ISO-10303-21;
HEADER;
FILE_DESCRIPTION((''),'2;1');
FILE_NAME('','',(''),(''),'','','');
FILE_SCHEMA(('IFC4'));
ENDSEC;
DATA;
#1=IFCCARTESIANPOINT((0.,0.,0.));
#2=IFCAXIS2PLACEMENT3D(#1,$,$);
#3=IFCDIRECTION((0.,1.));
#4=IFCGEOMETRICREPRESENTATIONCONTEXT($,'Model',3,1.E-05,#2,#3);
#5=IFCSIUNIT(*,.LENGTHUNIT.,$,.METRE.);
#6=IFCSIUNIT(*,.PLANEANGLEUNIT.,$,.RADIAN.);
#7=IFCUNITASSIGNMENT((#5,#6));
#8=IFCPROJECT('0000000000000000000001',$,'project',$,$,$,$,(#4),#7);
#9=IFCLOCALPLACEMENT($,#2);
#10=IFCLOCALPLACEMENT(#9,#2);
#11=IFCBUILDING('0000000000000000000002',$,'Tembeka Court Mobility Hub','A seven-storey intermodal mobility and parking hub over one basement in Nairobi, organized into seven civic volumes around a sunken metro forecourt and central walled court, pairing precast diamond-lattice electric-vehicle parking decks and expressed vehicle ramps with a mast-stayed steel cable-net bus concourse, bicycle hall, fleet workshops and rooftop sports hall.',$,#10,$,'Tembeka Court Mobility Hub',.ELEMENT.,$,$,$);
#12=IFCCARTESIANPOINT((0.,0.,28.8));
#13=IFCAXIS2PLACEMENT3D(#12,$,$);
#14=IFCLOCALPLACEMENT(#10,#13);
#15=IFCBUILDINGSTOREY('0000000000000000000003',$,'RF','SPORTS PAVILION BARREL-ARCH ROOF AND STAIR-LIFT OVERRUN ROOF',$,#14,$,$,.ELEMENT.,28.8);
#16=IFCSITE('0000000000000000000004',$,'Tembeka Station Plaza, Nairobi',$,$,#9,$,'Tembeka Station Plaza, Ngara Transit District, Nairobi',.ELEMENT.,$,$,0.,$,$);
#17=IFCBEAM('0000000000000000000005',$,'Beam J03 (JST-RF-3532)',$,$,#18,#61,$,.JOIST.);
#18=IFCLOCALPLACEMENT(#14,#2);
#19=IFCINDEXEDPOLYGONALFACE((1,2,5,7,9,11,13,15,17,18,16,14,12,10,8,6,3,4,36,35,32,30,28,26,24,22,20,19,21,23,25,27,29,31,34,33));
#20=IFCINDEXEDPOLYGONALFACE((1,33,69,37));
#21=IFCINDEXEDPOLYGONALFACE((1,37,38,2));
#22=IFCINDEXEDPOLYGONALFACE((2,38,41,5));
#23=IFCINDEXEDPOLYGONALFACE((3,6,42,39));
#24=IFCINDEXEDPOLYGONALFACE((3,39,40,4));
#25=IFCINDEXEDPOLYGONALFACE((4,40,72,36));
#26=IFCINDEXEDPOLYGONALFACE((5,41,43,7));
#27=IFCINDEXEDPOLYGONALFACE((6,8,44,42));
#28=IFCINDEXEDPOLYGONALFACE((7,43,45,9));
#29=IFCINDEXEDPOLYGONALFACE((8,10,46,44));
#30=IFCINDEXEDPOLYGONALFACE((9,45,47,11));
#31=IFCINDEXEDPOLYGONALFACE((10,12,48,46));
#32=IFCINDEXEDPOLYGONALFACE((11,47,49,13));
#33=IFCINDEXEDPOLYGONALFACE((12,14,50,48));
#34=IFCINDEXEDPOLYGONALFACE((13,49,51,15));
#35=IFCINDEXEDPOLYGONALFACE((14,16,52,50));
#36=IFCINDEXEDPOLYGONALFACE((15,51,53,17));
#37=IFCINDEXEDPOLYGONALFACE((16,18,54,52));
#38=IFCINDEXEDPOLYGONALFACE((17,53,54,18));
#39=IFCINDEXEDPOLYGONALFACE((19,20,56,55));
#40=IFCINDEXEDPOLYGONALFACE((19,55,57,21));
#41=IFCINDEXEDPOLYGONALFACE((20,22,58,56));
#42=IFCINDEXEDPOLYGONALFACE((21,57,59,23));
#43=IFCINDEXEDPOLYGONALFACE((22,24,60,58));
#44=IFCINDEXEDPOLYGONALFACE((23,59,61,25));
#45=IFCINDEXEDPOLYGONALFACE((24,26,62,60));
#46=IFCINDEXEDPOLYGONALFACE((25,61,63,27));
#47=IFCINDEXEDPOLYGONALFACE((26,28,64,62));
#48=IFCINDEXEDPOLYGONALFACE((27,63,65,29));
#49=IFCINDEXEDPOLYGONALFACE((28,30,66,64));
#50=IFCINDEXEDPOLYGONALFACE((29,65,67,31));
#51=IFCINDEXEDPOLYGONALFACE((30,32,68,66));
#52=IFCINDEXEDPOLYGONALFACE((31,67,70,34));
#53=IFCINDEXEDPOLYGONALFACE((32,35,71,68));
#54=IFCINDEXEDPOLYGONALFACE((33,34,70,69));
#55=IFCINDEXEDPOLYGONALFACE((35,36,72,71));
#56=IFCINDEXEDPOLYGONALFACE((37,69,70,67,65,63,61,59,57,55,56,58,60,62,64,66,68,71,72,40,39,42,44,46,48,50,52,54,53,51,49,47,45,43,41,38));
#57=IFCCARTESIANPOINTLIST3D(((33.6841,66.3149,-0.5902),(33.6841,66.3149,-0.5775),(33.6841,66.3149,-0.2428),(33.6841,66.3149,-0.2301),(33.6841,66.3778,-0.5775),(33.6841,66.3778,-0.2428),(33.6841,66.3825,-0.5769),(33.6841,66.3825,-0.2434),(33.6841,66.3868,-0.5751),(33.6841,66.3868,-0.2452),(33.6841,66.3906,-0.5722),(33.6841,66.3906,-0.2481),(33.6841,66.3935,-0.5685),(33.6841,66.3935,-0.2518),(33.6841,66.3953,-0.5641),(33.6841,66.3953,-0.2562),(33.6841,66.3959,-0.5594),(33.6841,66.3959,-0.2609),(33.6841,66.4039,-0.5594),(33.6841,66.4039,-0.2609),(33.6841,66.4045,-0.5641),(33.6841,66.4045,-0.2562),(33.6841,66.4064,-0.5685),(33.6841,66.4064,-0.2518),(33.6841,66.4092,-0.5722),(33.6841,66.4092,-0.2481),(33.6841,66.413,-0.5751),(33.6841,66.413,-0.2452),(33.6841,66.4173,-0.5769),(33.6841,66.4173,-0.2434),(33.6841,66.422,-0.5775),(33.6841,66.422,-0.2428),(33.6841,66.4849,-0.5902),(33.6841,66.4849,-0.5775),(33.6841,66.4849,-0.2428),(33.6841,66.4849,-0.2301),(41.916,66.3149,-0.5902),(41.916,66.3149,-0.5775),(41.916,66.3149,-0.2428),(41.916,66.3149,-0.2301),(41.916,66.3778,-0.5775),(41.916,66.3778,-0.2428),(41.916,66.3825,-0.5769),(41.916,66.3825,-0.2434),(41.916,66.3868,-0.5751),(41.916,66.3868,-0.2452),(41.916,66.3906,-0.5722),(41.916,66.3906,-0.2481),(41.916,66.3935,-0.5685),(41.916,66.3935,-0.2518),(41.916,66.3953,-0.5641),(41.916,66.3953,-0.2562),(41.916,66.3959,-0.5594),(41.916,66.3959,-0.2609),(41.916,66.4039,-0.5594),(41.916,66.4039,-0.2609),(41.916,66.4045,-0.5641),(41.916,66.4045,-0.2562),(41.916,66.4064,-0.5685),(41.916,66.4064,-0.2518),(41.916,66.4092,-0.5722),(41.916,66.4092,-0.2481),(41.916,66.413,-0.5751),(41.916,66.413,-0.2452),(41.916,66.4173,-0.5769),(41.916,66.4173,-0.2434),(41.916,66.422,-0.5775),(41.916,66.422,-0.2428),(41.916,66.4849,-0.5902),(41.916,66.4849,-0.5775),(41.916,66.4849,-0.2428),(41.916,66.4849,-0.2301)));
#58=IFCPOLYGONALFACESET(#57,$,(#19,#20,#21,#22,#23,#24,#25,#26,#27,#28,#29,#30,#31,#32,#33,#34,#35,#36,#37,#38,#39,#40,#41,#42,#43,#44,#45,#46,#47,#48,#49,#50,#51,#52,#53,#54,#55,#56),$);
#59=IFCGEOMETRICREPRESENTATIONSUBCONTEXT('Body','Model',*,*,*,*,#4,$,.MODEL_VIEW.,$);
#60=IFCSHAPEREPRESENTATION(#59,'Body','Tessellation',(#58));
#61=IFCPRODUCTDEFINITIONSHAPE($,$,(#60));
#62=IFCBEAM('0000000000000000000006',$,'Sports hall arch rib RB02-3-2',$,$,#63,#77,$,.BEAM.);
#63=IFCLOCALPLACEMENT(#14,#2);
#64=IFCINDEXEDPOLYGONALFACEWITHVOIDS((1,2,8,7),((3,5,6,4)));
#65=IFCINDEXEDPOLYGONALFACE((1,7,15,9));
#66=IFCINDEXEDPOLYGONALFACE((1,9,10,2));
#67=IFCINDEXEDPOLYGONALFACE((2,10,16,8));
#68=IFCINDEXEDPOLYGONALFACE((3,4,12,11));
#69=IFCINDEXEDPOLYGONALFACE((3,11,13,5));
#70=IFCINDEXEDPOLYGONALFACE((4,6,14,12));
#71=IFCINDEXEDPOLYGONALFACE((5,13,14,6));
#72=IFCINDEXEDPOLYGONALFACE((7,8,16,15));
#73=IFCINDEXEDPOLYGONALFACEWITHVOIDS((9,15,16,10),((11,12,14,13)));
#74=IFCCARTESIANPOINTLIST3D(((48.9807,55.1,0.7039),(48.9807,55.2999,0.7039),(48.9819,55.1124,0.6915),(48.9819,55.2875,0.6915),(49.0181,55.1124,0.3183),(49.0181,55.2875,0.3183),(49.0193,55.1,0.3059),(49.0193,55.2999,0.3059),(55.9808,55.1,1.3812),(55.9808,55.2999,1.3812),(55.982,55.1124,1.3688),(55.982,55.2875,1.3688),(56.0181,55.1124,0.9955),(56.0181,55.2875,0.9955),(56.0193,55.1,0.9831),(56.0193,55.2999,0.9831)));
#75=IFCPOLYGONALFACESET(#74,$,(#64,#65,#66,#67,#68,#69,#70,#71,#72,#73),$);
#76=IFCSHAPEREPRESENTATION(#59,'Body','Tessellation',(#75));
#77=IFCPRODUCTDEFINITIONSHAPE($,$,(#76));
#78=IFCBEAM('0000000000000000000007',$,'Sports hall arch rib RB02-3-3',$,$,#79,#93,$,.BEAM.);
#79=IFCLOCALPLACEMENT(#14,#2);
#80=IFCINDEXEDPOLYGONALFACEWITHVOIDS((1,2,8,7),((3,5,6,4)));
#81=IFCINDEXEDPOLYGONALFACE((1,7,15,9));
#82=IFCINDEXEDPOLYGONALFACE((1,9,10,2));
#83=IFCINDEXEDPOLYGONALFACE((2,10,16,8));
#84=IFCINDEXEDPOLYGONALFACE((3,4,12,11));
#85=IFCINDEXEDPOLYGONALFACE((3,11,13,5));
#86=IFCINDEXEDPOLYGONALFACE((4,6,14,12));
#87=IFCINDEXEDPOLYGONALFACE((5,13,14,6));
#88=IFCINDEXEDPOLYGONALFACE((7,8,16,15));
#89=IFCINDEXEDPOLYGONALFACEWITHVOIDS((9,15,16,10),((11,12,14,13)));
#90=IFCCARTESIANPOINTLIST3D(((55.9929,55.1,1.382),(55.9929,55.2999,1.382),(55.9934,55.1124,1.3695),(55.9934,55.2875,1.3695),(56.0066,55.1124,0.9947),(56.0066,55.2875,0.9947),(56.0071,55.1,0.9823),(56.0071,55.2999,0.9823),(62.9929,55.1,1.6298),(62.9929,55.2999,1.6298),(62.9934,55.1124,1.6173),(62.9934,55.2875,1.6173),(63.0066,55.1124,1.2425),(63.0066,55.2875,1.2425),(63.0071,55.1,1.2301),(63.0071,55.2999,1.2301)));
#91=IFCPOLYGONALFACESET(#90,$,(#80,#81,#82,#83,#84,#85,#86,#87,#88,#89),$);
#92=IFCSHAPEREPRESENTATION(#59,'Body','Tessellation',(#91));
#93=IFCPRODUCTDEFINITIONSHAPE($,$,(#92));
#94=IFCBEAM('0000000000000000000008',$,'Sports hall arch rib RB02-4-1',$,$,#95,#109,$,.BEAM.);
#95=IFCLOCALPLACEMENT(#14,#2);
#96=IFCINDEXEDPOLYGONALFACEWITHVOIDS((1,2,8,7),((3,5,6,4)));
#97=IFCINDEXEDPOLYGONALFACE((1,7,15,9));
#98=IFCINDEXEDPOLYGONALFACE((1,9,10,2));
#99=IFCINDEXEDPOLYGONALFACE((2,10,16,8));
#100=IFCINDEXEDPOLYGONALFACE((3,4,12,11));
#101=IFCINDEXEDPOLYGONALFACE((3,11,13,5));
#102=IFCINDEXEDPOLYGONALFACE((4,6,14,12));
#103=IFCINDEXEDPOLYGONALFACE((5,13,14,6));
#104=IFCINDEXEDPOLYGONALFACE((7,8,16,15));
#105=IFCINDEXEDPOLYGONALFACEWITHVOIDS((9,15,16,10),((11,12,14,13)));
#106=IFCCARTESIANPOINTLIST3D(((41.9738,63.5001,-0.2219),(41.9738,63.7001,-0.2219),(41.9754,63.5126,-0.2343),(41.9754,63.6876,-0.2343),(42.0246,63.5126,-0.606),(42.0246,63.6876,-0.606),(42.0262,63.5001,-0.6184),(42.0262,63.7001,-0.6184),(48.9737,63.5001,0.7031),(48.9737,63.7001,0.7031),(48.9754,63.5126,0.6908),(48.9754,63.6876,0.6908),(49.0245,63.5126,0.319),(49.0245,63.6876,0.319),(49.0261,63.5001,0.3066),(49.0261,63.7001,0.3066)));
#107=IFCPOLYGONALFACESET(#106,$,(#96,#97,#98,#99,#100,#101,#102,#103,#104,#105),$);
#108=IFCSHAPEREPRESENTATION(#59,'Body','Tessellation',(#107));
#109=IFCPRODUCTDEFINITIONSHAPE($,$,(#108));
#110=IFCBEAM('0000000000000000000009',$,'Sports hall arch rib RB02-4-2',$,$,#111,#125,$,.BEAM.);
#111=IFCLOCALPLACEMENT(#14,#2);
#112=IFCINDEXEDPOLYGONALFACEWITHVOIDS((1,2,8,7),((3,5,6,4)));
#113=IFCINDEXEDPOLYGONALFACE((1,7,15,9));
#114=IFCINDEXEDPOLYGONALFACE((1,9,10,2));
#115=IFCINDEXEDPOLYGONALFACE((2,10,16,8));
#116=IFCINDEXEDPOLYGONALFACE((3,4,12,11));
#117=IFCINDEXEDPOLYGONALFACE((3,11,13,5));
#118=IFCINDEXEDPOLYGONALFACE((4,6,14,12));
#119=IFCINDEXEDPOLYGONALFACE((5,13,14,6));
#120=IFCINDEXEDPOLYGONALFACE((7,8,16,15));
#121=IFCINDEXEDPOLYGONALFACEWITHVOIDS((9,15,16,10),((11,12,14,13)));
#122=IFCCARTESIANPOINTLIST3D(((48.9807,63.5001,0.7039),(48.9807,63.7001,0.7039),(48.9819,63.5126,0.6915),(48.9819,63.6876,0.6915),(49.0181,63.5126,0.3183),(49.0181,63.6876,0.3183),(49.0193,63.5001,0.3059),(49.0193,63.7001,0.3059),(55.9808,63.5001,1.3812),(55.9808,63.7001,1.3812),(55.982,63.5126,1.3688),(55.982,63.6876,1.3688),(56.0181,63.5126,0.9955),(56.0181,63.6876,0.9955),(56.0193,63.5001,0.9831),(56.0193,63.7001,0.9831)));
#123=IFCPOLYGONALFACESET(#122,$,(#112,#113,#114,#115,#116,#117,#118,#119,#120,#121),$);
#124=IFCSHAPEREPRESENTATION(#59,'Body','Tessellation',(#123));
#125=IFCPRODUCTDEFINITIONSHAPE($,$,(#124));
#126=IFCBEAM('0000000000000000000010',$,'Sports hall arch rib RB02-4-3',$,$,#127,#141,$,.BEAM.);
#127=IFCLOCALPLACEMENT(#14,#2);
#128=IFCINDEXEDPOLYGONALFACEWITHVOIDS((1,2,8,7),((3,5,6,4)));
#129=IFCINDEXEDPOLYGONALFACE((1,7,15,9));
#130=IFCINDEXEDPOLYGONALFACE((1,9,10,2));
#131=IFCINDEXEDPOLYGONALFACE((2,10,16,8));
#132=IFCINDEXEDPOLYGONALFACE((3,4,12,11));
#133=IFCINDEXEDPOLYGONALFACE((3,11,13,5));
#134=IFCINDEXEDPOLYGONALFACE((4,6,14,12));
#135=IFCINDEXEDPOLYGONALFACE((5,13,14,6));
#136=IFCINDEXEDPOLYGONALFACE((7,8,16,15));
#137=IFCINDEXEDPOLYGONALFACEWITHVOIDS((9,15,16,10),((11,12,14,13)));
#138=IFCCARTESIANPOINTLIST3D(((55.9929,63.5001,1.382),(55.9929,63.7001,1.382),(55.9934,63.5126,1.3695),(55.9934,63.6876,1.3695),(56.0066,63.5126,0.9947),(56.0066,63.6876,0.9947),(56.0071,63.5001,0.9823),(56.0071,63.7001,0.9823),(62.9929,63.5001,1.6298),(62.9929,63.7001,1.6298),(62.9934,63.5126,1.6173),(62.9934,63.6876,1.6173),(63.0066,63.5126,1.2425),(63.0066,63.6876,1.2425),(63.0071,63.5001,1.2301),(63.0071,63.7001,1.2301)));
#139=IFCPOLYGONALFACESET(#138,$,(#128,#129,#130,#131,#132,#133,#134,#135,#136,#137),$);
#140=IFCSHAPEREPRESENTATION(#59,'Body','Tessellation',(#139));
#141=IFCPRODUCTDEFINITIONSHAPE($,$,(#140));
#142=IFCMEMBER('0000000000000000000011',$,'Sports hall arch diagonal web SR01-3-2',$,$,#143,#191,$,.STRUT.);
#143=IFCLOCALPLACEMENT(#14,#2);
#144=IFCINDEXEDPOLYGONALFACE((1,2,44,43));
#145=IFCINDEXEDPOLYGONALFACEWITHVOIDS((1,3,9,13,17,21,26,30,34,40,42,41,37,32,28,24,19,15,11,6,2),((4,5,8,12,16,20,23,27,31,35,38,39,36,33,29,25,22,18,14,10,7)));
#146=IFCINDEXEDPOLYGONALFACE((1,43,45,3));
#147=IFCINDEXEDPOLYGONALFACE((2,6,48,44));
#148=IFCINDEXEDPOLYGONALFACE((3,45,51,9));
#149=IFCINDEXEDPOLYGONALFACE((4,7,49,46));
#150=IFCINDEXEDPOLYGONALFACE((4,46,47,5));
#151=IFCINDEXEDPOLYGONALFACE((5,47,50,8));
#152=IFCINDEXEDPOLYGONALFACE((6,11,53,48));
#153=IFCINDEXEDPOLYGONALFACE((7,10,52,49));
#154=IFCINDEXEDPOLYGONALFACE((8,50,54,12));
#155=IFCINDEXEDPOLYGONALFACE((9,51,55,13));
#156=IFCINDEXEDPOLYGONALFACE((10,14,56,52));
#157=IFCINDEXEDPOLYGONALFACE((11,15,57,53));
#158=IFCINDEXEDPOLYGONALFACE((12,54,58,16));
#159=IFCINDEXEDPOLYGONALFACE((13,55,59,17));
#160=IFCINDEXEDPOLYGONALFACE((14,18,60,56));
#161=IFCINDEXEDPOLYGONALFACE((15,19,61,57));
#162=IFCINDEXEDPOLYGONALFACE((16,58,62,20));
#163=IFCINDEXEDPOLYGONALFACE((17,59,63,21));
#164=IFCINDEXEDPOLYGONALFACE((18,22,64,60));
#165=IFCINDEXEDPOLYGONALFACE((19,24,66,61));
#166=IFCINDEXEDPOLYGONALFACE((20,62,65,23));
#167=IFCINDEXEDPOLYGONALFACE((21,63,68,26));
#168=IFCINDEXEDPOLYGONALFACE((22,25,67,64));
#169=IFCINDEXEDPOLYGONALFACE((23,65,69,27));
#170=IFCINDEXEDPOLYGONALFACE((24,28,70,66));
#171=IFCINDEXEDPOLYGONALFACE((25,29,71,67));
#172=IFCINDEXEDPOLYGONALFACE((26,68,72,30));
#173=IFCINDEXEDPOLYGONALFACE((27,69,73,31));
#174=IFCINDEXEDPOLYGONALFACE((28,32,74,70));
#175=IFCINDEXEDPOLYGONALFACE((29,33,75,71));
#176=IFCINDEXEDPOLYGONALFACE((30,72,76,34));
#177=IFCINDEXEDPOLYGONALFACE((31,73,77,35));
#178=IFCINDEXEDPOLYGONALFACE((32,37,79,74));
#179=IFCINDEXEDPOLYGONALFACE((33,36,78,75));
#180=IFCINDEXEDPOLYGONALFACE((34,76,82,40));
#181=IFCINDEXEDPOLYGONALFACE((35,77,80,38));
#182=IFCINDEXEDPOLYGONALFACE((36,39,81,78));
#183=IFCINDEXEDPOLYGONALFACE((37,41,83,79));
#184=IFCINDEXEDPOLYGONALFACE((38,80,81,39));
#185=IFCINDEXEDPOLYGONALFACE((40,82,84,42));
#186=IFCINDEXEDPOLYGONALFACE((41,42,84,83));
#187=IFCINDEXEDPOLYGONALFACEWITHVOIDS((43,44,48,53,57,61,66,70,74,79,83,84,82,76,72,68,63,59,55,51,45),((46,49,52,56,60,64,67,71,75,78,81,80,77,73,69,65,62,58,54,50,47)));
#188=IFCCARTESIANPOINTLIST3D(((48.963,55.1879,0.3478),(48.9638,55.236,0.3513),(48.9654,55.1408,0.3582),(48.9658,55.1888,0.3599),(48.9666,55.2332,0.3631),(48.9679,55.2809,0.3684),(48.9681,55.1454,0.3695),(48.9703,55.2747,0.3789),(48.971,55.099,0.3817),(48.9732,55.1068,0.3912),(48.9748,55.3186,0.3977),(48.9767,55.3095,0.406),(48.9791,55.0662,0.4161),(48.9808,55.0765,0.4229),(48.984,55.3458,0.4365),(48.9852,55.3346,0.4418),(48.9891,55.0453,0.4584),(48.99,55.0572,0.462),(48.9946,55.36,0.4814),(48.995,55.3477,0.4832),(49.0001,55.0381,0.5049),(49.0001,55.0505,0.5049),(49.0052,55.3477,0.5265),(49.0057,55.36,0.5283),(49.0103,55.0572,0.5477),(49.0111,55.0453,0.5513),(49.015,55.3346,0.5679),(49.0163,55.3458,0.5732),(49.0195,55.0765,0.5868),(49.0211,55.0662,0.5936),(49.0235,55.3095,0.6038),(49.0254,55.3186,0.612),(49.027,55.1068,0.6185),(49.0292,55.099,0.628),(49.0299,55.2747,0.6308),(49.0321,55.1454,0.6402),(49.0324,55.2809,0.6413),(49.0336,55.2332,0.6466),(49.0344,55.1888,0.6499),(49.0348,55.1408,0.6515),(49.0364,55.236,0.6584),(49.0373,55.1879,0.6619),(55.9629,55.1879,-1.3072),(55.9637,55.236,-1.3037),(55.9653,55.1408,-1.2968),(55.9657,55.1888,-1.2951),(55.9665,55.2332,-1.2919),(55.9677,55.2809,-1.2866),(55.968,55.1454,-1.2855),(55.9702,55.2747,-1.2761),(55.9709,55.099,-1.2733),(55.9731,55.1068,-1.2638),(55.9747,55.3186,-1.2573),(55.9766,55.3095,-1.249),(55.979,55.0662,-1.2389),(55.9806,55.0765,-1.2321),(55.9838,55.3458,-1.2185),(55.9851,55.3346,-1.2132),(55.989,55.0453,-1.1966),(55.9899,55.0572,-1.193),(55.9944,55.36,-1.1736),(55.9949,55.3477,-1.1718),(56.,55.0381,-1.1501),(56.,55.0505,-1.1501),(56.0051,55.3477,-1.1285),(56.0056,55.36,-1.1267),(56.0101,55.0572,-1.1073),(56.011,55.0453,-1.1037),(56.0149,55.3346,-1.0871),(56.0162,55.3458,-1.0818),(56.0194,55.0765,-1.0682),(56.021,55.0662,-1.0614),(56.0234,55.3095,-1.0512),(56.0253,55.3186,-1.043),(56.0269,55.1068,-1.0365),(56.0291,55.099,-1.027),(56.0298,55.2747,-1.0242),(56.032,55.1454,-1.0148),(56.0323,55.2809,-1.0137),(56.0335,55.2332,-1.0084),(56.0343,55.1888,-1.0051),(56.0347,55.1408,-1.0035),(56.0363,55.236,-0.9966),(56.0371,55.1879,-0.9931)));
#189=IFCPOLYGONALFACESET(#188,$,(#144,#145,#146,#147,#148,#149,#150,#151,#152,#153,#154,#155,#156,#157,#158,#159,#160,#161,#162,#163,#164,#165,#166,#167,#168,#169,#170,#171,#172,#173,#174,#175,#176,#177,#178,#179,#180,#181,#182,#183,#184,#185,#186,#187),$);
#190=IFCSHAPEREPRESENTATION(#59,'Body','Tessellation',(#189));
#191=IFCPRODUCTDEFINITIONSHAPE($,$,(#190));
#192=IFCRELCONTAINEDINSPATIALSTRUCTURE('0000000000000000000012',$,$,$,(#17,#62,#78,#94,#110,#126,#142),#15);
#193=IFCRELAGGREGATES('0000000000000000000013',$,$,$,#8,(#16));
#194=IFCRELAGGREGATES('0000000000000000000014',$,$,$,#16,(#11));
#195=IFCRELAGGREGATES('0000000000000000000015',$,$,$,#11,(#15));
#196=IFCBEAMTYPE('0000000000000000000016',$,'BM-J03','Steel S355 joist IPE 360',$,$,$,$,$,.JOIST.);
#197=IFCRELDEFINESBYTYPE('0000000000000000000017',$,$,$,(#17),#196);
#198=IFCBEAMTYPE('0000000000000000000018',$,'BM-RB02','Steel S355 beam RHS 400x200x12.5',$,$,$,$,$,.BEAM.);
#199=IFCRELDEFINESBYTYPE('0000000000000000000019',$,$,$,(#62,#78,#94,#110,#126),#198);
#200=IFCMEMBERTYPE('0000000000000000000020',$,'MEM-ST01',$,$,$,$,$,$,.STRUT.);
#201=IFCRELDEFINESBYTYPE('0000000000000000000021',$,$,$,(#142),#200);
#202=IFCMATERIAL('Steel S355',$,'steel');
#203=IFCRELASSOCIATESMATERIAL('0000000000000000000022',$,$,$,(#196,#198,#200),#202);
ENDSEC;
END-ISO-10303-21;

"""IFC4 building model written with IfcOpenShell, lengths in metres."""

from ifc_helpers import new_model, si_unit, direction, frame, origin, origin_2d, place, context, subcontext, project, spatial, hollow_rectangle, hollow_circle, i_section, extrude, material, material_profile, profile_set, type_object, element, save


model = new_model("IFC4")

# Units and contexts
model_context = context("Model", 3, precision=1e-05, world=origin(), true_north=direction((0.0, 1.0)))
body_context = subcontext(model_context, "Body", "Model", "MODEL_VIEW")
ifc_project = project(units=[si_unit("LENGTHUNIT", "METRE"), si_unit("PLANEANGLEUNIT", "RADIAN")], contexts=[model_context])

# Site, building, storey
site_placement = place(None, origin())
site = spatial("IfcSite", under=ifc_project, at=site_placement, Name="Tembeka Station Plaza, Nairobi", LongName="Tembeka Station Plaza, Ngara Transit District, Nairobi", CompositionType="ELEMENT", RefElevation=0.0)
building_placement = place(site_placement, origin())
building = spatial("IfcBuilding", under=site, at=building_placement, Name="Tembeka Court Mobility Hub", Description="A seven-storey intermodal mobility and parking hub over one basement in Nairobi, organized into seven civic volumes around a sunken metro forecourt and central walled court, pairing precast diamond-lattice electric-vehicle parking decks and expressed vehicle ramps with a mast-stayed steel cable-net bus concourse, bicycle hall, fleet workshops and rooftop sports hall.", LongName="Tembeka Court Mobility Hub", CompositionType="ELEMENT")
storey_placement = place(building_placement, frame((0.0, 0.0, 28.8)))
storey = spatial("IfcBuildingStorey", under=building, at=storey_placement, Name="RF", Description="SPORTS PAVILION BARREL-ARCH ROOF AND STAIR-LIFT OVERRUN ROOF", CompositionType="ELEMENT", Elevation=28.8)

# Beams
ifc_material_1 = material(Name="Steel S355", Category="steel")
ifc_material_profile_1 = material_profile(ifc_material_1, i_section(OverallWidth=0.1699, OverallDepth=0.3601, WebThickness=0.0081, FlangeThickness=0.0127, FilletRadius=0.0181, at=origin_2d()), Name="IPE 360")
ifc_profile_set_1 = profile_set([ifc_material_profile_1], Name="Steel S355")
beam_type_1 = type_object("IfcBeamType", Name="BM-J03", Description="Steel S355 joist IPE 360", PredefinedType="JOIST", material=ifc_profile_set_1)
beam_1_placement = place(storey_placement, frame((33.6841, 66.3999, -0.4102), z_axis=(1.0, 0.0, 0.0), x_axis=(0.0, 1.0, 0.0)))
element("IfcBeam", 1, at=beam_1_placement, inside=storey, type_object=beam_type_1, Name="Beam J03 (JST-RF-3532)", PredefinedType="JOIST", context=body_context, shape_type="SweptSolid", body=[
    extrude(i_section(OverallWidth=0.1699, OverallDepth=0.3601, WebThickness=0.0081, FlangeThickness=0.0127, FilletRadius=0.0181, at=origin_2d()), origin(), (0.0, 0.0, 1.0), 8.2319),
])
ifc_material_profile_2 = material_profile(ifc_material_1, hollow_rectangle(XDim=0.2, YDim=0.3999, WallThickness=0.0125, at=origin_2d()), Name="RHS 400x200x12.5")
ifc_profile_set_2 = profile_set([ifc_material_profile_2], Name="Steel S355")
beam_type_2 = type_object("IfcBeamType", Name="BM-RB02", Description="Steel S355 beam RHS 400x200x12.5", PredefinedType="BEAM", material=ifc_profile_set_2)
beam_2_placement = place(storey_placement, frame((49.0, 55.2, 0.5049), z_axis=(0.995352, 0.0, 0.0963), x_axis=(0.0, 1.0, 0.0)))
element("IfcBeam", 2, at=beam_2_placement, inside=storey, type_object=beam_type_2, Name="Sports hall arch rib RB02-3-2", PredefinedType="BEAM", context=body_context, shape_type="SweptSolid", body=[
    extrude(hollow_rectangle(XDim=0.2, YDim=0.3999, WallThickness=0.0125, at=origin_2d()), origin(), (0.0, 0.0, 1.0), 7.0327),
])
beam_3_placement = place(storey_placement, frame((56.0, 55.2, 1.1821), z_axis=(0.999374, 0.0, 0.035378), x_axis=(0.0, 1.0, 0.0)))
element("IfcBeam", 3, at=beam_3_placement, inside=storey, type_object=beam_type_2, Name="Sports hall arch rib RB02-3-3", PredefinedType="BEAM", context=body_context, shape_type="SweptSolid", body=[
    extrude(hollow_rectangle(XDim=0.2, YDim=0.3999, WallThickness=0.0125, at=origin_2d()), origin(), (0.0, 0.0, 1.0), 7.0044),
])
beam_4_placement = place(storey_placement, frame((42.0, 63.6001, -0.4202), z_axis=(0.991381, 0.0, 0.131011), x_axis=(0.0, 1.0, 0.0)))
element("IfcBeam", 4, at=beam_4_placement, inside=storey, type_object=beam_type_2, Name="Sports hall arch rib RB02-4-1", PredefinedType="BEAM", context=body_context, shape_type="SweptSolid", body=[
    extrude(hollow_rectangle(XDim=0.2, YDim=0.3999, WallThickness=0.0125, at=origin_2d()), origin(), (0.0, 0.0, 1.0), 7.0608),
])
beam_5_placement = place(storey_placement, frame((49.0, 63.6001, 0.5049), z_axis=(0.995352, 0.0, 0.0963), x_axis=(0.0, 1.0, 0.0)))
element("IfcBeam", 5, at=beam_5_placement, inside=storey, type_object=beam_type_2, Name="Sports hall arch rib RB02-4-2", PredefinedType="BEAM", context=body_context, shape_type="SweptSolid", body=[
    extrude(hollow_rectangle(XDim=0.2, YDim=0.3999, WallThickness=0.0125, at=origin_2d()), origin(), (0.0, 0.0, 1.0), 7.0327),
])
beam_6_placement = place(storey_placement, frame((56.0, 63.6001, 1.1821), z_axis=(0.999374, 0.0, 0.035378), x_axis=(0.0, 1.0, 0.0)))
element("IfcBeam", 6, at=beam_6_placement, inside=storey, type_object=beam_type_2, Name="Sports hall arch rib RB02-4-3", PredefinedType="BEAM", context=body_context, shape_type="SweptSolid", body=[
    extrude(hollow_rectangle(XDim=0.2, YDim=0.3999, WallThickness=0.0125, at=origin_2d()), origin(), (0.0, 0.0, 1.0), 7.0044),
])

# Member
ifc_material_profile_3 = material_profile(ifc_material_1, hollow_circle(Radius=0.1619, WallThickness=0.0125, at=origin_2d()), Name="CHS 323.9x12.5")
ifc_profile_set_3 = profile_set([ifc_material_profile_3], Name="Steel S355")
member_type = type_object("IfcMemberType", Name="MEM-ST01", PredefinedType="STRUT", material=ifc_profile_set_3)
member_1_placement = place(storey_placement, frame((56.0, 55.2, -1.1501), z_axis=(-0.97317, 0.0, 0.230089), x_axis=(0.0, -1.0, 0.0)))
element("IfcMember", 7, at=member_1_placement, inside=storey, type_object=member_type, Name="Sports hall arch diagonal web SR01-3-2", PredefinedType="STRUT", context=body_context, shape_type="SweptSolid", body=[
    extrude(hollow_circle(Radius=0.1619, WallThickness=0.0125, at=origin_2d()), origin(), (0.0, 0.0, 1.0), 7.1929),
])

save(model, "model.ifc")
